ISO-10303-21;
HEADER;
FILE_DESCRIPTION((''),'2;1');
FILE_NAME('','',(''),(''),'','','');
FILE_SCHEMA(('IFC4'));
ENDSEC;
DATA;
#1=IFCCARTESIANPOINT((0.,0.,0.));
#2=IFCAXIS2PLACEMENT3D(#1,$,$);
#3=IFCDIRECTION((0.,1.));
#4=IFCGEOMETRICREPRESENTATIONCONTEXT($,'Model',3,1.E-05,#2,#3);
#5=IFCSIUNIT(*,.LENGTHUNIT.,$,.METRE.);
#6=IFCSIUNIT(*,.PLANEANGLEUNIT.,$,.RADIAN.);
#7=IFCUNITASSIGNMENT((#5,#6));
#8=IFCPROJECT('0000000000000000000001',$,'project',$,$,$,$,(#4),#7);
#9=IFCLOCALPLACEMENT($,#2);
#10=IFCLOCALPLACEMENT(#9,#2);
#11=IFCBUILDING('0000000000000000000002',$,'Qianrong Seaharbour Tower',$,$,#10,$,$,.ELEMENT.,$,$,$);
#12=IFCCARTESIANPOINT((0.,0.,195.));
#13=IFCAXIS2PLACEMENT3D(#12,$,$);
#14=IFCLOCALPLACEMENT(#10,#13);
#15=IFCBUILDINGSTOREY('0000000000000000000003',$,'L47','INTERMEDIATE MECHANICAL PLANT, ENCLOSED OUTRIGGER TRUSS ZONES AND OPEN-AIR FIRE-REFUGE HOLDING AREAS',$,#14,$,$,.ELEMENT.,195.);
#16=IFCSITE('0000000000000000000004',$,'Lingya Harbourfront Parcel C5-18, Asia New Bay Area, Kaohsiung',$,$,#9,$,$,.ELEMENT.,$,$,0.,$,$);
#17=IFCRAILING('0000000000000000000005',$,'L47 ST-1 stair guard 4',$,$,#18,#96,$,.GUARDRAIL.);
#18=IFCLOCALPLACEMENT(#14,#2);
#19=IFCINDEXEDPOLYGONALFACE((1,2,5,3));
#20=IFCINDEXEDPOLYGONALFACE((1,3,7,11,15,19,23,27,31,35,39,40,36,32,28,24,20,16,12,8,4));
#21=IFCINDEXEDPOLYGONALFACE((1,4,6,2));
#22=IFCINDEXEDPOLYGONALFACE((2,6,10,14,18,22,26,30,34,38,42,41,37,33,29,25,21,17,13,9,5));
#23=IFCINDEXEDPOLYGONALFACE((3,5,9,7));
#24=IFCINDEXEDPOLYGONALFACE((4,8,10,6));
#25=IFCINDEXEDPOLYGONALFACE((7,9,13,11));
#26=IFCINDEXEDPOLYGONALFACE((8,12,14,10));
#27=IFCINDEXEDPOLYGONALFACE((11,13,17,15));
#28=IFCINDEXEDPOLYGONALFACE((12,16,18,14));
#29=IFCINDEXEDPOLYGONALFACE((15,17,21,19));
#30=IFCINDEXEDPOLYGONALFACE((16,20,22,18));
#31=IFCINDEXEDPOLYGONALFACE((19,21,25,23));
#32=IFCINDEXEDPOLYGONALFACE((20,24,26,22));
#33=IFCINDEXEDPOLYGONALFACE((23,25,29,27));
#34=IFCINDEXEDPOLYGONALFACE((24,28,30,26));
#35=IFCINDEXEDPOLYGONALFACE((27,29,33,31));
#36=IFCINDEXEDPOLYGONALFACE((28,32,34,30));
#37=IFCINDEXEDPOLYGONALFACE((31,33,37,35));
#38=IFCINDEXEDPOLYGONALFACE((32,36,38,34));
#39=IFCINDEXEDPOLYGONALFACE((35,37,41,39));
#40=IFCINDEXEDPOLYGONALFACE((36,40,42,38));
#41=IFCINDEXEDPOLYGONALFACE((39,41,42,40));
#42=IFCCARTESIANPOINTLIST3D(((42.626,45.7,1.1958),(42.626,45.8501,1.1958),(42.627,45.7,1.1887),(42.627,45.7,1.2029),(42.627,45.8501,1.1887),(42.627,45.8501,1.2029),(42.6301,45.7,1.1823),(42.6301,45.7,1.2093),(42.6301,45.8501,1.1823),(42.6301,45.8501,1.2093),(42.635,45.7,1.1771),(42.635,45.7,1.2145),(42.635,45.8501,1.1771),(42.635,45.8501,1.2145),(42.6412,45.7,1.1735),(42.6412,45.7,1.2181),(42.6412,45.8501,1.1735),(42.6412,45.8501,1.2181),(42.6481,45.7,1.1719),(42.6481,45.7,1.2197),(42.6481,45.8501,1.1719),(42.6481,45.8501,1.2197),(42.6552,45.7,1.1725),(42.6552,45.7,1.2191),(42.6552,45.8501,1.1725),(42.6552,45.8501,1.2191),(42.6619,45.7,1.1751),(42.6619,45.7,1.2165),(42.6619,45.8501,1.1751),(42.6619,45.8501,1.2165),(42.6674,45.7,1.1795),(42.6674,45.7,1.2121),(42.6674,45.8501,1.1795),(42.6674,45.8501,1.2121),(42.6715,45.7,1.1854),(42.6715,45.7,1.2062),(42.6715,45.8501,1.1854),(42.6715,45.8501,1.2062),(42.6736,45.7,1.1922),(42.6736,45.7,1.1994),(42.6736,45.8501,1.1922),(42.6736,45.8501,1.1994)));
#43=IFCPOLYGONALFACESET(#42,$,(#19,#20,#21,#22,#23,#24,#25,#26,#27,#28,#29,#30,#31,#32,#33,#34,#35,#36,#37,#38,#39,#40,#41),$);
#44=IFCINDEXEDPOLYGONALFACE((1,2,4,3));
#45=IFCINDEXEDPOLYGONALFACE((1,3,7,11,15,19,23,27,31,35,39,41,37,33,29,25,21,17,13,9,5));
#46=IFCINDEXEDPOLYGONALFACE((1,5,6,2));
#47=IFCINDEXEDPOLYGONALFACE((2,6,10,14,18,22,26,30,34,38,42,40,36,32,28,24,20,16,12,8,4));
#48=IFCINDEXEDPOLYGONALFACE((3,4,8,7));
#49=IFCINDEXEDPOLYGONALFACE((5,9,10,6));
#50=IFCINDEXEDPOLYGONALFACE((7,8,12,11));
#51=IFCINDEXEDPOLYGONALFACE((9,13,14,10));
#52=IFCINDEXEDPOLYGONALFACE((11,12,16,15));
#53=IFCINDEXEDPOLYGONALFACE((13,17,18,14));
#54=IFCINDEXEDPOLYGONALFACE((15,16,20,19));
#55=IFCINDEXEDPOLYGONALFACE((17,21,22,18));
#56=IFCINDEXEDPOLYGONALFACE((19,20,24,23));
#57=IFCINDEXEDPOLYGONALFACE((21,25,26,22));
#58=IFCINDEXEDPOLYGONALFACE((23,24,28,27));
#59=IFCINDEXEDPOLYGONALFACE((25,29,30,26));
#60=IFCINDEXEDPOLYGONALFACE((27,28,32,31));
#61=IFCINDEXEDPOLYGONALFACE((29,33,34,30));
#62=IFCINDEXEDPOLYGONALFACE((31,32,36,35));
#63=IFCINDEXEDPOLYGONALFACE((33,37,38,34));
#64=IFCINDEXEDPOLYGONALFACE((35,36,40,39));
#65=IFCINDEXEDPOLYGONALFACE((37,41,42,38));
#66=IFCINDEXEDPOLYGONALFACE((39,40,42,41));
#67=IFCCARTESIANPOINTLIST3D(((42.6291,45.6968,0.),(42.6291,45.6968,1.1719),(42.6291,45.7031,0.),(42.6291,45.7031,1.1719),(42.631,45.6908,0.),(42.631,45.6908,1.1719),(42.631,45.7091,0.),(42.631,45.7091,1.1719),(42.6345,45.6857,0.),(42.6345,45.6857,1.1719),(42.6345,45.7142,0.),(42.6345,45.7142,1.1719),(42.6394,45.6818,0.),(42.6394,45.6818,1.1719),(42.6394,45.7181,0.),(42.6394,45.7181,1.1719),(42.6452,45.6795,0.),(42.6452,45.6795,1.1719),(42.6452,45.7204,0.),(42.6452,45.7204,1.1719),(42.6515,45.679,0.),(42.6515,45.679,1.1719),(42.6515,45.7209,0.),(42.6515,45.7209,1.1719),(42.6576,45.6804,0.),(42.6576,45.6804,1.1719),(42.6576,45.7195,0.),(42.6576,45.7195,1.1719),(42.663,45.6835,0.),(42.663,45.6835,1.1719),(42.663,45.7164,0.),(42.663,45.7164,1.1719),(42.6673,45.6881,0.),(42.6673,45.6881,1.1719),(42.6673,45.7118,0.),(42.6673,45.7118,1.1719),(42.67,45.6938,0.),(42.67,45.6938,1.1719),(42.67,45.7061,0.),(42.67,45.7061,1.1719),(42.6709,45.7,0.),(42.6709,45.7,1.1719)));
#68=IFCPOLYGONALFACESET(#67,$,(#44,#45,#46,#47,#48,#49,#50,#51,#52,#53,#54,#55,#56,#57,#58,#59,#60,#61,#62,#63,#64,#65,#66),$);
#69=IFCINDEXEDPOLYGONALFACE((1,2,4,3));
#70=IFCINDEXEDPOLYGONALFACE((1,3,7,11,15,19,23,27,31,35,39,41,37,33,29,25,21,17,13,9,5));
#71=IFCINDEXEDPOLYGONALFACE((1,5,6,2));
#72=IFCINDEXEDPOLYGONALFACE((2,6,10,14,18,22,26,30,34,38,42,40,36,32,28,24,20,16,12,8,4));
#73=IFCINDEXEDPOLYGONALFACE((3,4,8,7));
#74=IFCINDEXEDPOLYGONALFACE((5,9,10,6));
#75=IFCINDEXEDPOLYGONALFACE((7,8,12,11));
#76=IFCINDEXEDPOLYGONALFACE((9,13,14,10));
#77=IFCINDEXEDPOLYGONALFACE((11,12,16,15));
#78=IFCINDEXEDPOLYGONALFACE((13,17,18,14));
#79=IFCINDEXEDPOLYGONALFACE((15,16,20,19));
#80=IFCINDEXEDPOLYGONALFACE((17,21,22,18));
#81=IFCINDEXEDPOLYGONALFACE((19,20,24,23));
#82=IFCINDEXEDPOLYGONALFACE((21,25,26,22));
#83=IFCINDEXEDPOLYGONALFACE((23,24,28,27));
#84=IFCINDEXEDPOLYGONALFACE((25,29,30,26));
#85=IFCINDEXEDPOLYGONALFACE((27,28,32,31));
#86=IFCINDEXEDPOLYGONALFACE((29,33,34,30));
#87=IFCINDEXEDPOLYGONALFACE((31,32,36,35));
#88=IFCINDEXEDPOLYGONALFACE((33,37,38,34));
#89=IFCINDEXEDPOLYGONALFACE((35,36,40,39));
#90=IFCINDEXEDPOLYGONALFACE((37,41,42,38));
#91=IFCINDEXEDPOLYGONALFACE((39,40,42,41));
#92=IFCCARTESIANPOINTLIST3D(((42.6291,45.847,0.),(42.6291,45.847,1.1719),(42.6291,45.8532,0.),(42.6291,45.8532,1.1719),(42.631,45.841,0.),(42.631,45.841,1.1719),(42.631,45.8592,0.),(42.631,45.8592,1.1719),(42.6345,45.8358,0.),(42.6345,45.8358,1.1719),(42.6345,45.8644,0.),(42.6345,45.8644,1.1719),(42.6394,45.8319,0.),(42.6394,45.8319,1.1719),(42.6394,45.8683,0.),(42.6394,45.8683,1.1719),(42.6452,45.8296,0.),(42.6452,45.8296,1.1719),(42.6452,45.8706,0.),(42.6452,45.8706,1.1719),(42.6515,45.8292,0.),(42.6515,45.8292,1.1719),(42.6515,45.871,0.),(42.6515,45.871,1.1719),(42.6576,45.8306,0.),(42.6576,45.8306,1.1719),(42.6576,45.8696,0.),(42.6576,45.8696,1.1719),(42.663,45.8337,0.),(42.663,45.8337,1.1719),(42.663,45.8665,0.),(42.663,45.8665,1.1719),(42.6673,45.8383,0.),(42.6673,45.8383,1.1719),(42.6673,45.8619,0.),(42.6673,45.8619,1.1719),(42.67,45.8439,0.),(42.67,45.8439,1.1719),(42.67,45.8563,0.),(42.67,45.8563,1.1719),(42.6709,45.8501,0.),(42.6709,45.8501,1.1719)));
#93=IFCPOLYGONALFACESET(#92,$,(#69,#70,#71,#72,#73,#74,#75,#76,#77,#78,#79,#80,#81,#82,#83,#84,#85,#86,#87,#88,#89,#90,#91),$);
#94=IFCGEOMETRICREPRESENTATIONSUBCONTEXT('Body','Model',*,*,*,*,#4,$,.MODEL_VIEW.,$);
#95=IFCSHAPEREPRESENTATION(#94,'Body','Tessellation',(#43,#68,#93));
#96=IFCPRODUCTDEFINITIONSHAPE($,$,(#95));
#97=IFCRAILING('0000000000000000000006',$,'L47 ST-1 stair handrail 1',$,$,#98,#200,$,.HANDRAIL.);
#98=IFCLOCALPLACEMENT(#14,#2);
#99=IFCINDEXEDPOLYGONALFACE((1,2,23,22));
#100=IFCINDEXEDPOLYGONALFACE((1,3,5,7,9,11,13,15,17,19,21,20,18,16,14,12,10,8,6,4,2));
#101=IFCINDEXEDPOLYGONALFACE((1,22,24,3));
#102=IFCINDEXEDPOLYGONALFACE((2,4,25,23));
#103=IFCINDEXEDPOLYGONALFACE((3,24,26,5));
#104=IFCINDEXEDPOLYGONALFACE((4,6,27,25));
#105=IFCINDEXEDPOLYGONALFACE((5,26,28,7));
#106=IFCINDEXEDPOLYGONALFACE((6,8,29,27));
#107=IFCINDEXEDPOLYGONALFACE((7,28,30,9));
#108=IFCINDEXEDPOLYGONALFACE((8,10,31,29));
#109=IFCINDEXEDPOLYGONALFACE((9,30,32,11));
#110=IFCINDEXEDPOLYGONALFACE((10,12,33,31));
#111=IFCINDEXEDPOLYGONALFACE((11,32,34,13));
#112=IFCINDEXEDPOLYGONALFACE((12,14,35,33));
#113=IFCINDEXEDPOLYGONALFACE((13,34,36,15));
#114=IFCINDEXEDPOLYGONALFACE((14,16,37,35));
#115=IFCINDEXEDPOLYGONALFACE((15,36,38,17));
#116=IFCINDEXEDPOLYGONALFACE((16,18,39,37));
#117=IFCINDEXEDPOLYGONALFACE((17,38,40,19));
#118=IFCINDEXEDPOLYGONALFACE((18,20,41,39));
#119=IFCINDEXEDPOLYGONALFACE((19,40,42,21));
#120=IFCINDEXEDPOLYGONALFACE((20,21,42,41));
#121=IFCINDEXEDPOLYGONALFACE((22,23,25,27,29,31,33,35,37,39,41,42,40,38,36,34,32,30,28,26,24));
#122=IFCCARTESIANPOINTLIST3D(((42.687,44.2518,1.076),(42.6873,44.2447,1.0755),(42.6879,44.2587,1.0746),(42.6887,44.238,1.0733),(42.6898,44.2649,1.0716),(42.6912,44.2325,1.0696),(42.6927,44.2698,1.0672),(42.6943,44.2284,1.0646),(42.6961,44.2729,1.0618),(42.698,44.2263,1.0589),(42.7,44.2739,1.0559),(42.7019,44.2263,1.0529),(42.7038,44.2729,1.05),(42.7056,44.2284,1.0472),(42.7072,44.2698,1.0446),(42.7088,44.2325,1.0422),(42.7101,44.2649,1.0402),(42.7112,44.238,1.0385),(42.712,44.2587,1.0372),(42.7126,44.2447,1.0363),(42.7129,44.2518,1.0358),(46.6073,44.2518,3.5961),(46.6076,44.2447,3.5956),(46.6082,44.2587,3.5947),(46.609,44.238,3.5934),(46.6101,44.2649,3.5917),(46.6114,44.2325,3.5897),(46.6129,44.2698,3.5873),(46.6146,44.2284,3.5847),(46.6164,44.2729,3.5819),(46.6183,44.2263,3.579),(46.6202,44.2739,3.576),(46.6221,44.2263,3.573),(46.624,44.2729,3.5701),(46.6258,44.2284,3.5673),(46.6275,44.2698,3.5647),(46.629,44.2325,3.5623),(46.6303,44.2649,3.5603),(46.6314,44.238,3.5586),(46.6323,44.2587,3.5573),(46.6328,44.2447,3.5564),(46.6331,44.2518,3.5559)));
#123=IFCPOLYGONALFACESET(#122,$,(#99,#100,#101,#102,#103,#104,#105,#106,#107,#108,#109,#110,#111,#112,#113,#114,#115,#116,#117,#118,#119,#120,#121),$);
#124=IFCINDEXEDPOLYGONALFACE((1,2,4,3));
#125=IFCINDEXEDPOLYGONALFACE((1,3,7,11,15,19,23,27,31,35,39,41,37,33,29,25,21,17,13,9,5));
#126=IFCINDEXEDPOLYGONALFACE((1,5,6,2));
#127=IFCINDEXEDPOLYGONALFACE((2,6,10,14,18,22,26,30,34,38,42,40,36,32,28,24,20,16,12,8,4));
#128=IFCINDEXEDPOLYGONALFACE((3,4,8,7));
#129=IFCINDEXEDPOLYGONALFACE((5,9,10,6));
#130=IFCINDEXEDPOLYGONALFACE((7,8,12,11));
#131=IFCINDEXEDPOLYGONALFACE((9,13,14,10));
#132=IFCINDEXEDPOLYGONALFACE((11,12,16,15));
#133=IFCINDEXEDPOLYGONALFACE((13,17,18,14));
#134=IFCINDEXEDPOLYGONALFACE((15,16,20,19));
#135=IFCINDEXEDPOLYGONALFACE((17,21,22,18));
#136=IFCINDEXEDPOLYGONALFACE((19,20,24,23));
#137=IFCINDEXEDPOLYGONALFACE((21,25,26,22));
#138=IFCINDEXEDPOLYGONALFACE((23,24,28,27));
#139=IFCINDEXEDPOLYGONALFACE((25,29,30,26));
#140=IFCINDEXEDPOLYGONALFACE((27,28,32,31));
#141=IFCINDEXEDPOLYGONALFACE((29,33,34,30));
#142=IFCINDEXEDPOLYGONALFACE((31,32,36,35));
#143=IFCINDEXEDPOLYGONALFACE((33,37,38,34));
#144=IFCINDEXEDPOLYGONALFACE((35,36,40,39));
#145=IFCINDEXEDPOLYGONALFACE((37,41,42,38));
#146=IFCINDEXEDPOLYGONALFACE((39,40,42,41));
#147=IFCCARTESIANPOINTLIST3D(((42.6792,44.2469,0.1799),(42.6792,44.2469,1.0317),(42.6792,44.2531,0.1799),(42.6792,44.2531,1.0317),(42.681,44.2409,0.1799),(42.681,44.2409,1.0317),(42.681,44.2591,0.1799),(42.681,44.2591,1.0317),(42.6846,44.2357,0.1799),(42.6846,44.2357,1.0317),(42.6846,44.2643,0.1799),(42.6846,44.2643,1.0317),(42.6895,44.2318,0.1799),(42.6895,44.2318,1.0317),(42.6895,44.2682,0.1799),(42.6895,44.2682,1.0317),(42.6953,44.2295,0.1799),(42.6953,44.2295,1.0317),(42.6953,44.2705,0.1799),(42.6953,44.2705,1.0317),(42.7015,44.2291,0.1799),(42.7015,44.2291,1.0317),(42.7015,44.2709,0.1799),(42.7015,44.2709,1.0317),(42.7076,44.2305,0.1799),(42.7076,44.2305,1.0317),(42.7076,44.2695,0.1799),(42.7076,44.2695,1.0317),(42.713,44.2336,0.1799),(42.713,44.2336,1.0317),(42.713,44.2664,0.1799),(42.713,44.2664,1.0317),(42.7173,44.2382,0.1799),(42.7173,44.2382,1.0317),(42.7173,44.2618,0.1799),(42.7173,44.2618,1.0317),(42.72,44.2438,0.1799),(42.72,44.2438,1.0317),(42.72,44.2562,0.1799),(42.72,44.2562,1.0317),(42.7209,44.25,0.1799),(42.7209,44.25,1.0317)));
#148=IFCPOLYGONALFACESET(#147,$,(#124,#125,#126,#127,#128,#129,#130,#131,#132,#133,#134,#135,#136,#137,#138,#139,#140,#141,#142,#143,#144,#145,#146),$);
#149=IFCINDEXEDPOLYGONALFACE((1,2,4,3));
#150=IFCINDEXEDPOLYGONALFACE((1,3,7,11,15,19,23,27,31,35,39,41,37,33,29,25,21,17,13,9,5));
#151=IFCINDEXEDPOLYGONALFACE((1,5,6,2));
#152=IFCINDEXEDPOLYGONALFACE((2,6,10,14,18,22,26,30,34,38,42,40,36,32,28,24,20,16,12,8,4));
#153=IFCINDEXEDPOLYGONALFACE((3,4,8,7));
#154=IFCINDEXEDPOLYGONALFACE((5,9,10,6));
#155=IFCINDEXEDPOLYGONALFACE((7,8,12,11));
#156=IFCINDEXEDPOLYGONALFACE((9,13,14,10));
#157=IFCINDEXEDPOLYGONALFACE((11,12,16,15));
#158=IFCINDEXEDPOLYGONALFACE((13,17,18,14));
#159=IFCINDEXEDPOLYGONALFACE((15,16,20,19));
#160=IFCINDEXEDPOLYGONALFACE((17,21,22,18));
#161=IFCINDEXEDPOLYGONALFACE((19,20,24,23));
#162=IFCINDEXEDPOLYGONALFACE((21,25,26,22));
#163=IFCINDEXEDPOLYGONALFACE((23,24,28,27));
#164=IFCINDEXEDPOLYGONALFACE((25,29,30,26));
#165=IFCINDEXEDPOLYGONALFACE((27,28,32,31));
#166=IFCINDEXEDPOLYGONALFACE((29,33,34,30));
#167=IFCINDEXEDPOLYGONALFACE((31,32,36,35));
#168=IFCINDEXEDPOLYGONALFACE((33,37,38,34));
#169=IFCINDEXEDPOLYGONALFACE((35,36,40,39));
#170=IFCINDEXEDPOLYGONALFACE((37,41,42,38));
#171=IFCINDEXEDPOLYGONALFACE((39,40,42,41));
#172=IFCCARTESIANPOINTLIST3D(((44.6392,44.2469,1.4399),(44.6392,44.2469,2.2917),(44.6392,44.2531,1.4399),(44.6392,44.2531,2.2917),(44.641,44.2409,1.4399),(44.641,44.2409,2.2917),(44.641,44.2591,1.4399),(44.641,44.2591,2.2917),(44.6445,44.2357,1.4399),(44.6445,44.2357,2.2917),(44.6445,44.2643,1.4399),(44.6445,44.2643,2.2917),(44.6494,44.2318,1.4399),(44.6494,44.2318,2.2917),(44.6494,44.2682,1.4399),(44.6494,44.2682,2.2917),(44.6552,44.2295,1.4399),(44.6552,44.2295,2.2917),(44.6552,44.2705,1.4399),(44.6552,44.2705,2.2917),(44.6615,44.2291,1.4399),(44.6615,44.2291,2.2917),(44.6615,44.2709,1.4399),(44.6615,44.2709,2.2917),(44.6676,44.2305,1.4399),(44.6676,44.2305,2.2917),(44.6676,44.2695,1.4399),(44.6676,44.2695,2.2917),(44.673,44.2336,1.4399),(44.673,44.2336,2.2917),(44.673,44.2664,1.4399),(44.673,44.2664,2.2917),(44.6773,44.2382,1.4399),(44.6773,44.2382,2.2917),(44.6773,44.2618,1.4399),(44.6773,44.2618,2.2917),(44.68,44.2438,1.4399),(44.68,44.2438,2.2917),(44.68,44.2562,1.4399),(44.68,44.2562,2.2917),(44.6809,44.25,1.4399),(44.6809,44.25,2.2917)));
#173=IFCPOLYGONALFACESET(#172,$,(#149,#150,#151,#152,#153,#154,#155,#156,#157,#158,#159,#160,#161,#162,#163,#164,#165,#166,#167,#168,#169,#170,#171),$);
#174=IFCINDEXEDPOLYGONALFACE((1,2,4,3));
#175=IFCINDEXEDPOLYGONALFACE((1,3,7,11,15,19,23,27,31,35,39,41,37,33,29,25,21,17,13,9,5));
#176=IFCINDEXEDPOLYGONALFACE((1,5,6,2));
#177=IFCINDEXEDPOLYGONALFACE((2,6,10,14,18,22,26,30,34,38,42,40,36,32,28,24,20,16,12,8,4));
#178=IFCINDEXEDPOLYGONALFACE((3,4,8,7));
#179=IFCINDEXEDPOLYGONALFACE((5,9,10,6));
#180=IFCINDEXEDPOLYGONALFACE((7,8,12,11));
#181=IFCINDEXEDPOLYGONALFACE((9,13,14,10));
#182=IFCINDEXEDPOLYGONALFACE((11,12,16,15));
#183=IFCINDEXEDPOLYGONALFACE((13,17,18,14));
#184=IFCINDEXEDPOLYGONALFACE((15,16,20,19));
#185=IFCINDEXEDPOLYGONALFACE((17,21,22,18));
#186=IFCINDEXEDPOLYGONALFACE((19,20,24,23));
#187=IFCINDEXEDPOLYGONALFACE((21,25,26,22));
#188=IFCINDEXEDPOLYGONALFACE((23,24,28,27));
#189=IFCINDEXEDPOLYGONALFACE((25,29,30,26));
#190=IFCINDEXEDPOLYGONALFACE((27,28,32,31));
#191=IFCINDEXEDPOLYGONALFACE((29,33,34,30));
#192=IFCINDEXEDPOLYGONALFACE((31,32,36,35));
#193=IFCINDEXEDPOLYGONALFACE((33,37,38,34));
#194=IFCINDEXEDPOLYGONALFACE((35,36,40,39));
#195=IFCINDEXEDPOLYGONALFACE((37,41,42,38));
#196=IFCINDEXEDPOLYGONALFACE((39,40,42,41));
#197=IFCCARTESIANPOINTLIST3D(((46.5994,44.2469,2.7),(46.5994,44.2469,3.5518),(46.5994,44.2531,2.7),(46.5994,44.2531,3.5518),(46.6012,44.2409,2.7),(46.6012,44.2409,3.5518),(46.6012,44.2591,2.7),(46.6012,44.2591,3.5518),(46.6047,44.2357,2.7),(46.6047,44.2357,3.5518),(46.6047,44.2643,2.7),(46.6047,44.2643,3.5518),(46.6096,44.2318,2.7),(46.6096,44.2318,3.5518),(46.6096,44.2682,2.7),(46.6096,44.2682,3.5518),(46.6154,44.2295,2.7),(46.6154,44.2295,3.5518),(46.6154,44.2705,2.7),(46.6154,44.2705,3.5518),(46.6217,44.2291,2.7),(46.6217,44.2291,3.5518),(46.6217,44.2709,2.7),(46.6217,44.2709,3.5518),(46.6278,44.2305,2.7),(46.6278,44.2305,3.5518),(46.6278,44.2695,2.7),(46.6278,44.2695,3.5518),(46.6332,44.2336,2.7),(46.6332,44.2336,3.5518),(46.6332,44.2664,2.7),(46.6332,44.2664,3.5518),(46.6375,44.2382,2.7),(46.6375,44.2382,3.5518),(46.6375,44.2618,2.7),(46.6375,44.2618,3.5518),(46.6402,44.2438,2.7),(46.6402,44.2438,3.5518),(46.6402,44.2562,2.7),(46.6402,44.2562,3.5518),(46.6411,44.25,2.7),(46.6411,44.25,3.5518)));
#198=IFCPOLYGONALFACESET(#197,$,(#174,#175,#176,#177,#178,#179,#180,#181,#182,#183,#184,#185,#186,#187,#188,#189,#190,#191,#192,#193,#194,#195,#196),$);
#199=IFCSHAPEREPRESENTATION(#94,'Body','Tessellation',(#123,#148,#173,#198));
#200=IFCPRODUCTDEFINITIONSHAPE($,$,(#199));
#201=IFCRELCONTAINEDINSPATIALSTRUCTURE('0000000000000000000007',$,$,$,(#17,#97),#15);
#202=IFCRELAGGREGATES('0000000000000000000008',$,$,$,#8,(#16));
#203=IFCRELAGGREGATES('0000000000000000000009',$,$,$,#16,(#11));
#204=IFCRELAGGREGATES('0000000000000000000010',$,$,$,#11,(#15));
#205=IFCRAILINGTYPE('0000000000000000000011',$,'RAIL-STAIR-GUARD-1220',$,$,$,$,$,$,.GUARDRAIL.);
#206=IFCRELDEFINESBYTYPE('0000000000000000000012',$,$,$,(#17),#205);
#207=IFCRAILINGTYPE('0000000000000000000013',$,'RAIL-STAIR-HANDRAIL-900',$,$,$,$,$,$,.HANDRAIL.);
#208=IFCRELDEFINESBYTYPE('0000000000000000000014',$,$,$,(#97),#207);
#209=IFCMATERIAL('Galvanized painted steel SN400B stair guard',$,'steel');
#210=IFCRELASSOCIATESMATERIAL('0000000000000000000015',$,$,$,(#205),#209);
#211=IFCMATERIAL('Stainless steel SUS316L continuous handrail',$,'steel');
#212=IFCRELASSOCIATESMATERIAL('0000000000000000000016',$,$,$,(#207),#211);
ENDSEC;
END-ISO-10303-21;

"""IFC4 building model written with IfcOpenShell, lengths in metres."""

from ifc_helpers import new_model, si_unit, direction, frame, origin, origin_2d, place, context, subcontext, project, spatial, circle, extrude, material, type_object, element, save


model = new_model("IFC4")

# Units and contexts
model_context = context("Model", 3, precision=1e-05, world=origin(), true_north=direction((0.0, 1.0)))
body_context = subcontext(model_context, "Body", "Model", "MODEL_VIEW")
ifc_project = project(units=[si_unit("LENGTHUNIT", "METRE"), si_unit("PLANEANGLEUNIT", "RADIAN")], contexts=[model_context])

# Site, building, storey
site_placement = place(None, origin())
site = spatial("IfcSite", under=ifc_project, at=site_placement, Name="Lingya Harbourfront Parcel C5-18, Asia New Bay Area, Kaohsiung", CompositionType="ELEMENT", RefElevation=0.0)
building_placement = place(site_placement, origin())
building = spatial("IfcBuilding", under=site, at=building_placement, Name="Qianrong Seaharbour Tower", CompositionType="ELEMENT")
storey_placement = place(building_placement, frame((0.0, 0.0, 195.0)))
storey = spatial("IfcBuildingStorey", under=building, at=storey_placement, Name="L47", Description="INTERMEDIATE MECHANICAL PLANT, ENCLOSED OUTRIGGER TRUSS ZONES AND OPEN-AIR FIRE-REFUGE HOLDING AREAS", CompositionType="ELEMENT", Elevation=195.0)

# Railings
ifc_material_1 = material(Name="Galvanized painted steel SN400B stair guard", Category="steel")
railing_type_1 = type_object("IfcRailingType", Name="RAIL-STAIR-GUARD-1220", PredefinedType="GUARDRAIL", material=ifc_material_1)
railing_1_placement = place(storey_placement, frame((42.6499, 45.7, 0.0)))
element("IfcRailing", 1, at=railing_1_placement, inside=storey, type_object=railing_type_1, Name="L47 ST-1 stair guard 4", PredefinedType="GUARDRAIL", context=body_context, shape_type="SweptSolid", body=[
    extrude(circle(Radius=0.0239, at=origin_2d()), frame((0.0, 0.0, 1.1958), z_axis=(0.0, 1.0, 0.0), x_axis=(-1.0, 0.0, 0.0)), (0.0, 0.0, 1.0), 0.1501),
    extrude(circle(Radius=0.021, at=origin_2d()), origin(), (0.0, 0.0, 1.0), 1.1719),
    extrude(circle(Radius=0.021, at=origin_2d()), frame((0.0, 0.1501, 0.0)), (0.0, 0.0, 1.0), 1.1719),
])
ifc_material_2 = material(Name="Stainless steel SUS316L continuous handrail", Category="steel")
railing_type_2 = type_object("IfcRailingType", Name="RAIL-STAIR-HANDRAIL-900", PredefinedType="HANDRAIL", material=ifc_material_2)
railing_2_placement = place(storey_placement, frame((42.7, 44.25, 0.1799)))
element("IfcRailing", 2, at=railing_2_placement, inside=storey, type_object=railing_type_2, Name="L47 ST-1 stair handrail 1", PredefinedType="HANDRAIL", context=body_context, shape_type="SweptSolid", body=[
    extrude(circle(Radius=0.0239, at=origin_2d()), frame((0.0, 0.0, 0.876), z_axis=(0.841187, 0.0, 0.540744), x_axis=(0.0, 1.0, 0.0)), (0.0, 0.0, 1.0), 4.6604),
    extrude(circle(Radius=0.021, at=origin_2d()), origin(), (0.0, 0.0, 1.0), 0.8518),
    extrude(circle(Radius=0.021, at=origin_2d()), frame((1.96, 0.0, 1.26)), (0.0, 0.0, 1.0), 0.8518),
    extrude(circle(Radius=0.021, at=origin_2d()), frame((3.9202, 0.0, 2.52)), (0.0, 0.0, 1.0), 0.8518),
])

save(model, "model.ifc")
